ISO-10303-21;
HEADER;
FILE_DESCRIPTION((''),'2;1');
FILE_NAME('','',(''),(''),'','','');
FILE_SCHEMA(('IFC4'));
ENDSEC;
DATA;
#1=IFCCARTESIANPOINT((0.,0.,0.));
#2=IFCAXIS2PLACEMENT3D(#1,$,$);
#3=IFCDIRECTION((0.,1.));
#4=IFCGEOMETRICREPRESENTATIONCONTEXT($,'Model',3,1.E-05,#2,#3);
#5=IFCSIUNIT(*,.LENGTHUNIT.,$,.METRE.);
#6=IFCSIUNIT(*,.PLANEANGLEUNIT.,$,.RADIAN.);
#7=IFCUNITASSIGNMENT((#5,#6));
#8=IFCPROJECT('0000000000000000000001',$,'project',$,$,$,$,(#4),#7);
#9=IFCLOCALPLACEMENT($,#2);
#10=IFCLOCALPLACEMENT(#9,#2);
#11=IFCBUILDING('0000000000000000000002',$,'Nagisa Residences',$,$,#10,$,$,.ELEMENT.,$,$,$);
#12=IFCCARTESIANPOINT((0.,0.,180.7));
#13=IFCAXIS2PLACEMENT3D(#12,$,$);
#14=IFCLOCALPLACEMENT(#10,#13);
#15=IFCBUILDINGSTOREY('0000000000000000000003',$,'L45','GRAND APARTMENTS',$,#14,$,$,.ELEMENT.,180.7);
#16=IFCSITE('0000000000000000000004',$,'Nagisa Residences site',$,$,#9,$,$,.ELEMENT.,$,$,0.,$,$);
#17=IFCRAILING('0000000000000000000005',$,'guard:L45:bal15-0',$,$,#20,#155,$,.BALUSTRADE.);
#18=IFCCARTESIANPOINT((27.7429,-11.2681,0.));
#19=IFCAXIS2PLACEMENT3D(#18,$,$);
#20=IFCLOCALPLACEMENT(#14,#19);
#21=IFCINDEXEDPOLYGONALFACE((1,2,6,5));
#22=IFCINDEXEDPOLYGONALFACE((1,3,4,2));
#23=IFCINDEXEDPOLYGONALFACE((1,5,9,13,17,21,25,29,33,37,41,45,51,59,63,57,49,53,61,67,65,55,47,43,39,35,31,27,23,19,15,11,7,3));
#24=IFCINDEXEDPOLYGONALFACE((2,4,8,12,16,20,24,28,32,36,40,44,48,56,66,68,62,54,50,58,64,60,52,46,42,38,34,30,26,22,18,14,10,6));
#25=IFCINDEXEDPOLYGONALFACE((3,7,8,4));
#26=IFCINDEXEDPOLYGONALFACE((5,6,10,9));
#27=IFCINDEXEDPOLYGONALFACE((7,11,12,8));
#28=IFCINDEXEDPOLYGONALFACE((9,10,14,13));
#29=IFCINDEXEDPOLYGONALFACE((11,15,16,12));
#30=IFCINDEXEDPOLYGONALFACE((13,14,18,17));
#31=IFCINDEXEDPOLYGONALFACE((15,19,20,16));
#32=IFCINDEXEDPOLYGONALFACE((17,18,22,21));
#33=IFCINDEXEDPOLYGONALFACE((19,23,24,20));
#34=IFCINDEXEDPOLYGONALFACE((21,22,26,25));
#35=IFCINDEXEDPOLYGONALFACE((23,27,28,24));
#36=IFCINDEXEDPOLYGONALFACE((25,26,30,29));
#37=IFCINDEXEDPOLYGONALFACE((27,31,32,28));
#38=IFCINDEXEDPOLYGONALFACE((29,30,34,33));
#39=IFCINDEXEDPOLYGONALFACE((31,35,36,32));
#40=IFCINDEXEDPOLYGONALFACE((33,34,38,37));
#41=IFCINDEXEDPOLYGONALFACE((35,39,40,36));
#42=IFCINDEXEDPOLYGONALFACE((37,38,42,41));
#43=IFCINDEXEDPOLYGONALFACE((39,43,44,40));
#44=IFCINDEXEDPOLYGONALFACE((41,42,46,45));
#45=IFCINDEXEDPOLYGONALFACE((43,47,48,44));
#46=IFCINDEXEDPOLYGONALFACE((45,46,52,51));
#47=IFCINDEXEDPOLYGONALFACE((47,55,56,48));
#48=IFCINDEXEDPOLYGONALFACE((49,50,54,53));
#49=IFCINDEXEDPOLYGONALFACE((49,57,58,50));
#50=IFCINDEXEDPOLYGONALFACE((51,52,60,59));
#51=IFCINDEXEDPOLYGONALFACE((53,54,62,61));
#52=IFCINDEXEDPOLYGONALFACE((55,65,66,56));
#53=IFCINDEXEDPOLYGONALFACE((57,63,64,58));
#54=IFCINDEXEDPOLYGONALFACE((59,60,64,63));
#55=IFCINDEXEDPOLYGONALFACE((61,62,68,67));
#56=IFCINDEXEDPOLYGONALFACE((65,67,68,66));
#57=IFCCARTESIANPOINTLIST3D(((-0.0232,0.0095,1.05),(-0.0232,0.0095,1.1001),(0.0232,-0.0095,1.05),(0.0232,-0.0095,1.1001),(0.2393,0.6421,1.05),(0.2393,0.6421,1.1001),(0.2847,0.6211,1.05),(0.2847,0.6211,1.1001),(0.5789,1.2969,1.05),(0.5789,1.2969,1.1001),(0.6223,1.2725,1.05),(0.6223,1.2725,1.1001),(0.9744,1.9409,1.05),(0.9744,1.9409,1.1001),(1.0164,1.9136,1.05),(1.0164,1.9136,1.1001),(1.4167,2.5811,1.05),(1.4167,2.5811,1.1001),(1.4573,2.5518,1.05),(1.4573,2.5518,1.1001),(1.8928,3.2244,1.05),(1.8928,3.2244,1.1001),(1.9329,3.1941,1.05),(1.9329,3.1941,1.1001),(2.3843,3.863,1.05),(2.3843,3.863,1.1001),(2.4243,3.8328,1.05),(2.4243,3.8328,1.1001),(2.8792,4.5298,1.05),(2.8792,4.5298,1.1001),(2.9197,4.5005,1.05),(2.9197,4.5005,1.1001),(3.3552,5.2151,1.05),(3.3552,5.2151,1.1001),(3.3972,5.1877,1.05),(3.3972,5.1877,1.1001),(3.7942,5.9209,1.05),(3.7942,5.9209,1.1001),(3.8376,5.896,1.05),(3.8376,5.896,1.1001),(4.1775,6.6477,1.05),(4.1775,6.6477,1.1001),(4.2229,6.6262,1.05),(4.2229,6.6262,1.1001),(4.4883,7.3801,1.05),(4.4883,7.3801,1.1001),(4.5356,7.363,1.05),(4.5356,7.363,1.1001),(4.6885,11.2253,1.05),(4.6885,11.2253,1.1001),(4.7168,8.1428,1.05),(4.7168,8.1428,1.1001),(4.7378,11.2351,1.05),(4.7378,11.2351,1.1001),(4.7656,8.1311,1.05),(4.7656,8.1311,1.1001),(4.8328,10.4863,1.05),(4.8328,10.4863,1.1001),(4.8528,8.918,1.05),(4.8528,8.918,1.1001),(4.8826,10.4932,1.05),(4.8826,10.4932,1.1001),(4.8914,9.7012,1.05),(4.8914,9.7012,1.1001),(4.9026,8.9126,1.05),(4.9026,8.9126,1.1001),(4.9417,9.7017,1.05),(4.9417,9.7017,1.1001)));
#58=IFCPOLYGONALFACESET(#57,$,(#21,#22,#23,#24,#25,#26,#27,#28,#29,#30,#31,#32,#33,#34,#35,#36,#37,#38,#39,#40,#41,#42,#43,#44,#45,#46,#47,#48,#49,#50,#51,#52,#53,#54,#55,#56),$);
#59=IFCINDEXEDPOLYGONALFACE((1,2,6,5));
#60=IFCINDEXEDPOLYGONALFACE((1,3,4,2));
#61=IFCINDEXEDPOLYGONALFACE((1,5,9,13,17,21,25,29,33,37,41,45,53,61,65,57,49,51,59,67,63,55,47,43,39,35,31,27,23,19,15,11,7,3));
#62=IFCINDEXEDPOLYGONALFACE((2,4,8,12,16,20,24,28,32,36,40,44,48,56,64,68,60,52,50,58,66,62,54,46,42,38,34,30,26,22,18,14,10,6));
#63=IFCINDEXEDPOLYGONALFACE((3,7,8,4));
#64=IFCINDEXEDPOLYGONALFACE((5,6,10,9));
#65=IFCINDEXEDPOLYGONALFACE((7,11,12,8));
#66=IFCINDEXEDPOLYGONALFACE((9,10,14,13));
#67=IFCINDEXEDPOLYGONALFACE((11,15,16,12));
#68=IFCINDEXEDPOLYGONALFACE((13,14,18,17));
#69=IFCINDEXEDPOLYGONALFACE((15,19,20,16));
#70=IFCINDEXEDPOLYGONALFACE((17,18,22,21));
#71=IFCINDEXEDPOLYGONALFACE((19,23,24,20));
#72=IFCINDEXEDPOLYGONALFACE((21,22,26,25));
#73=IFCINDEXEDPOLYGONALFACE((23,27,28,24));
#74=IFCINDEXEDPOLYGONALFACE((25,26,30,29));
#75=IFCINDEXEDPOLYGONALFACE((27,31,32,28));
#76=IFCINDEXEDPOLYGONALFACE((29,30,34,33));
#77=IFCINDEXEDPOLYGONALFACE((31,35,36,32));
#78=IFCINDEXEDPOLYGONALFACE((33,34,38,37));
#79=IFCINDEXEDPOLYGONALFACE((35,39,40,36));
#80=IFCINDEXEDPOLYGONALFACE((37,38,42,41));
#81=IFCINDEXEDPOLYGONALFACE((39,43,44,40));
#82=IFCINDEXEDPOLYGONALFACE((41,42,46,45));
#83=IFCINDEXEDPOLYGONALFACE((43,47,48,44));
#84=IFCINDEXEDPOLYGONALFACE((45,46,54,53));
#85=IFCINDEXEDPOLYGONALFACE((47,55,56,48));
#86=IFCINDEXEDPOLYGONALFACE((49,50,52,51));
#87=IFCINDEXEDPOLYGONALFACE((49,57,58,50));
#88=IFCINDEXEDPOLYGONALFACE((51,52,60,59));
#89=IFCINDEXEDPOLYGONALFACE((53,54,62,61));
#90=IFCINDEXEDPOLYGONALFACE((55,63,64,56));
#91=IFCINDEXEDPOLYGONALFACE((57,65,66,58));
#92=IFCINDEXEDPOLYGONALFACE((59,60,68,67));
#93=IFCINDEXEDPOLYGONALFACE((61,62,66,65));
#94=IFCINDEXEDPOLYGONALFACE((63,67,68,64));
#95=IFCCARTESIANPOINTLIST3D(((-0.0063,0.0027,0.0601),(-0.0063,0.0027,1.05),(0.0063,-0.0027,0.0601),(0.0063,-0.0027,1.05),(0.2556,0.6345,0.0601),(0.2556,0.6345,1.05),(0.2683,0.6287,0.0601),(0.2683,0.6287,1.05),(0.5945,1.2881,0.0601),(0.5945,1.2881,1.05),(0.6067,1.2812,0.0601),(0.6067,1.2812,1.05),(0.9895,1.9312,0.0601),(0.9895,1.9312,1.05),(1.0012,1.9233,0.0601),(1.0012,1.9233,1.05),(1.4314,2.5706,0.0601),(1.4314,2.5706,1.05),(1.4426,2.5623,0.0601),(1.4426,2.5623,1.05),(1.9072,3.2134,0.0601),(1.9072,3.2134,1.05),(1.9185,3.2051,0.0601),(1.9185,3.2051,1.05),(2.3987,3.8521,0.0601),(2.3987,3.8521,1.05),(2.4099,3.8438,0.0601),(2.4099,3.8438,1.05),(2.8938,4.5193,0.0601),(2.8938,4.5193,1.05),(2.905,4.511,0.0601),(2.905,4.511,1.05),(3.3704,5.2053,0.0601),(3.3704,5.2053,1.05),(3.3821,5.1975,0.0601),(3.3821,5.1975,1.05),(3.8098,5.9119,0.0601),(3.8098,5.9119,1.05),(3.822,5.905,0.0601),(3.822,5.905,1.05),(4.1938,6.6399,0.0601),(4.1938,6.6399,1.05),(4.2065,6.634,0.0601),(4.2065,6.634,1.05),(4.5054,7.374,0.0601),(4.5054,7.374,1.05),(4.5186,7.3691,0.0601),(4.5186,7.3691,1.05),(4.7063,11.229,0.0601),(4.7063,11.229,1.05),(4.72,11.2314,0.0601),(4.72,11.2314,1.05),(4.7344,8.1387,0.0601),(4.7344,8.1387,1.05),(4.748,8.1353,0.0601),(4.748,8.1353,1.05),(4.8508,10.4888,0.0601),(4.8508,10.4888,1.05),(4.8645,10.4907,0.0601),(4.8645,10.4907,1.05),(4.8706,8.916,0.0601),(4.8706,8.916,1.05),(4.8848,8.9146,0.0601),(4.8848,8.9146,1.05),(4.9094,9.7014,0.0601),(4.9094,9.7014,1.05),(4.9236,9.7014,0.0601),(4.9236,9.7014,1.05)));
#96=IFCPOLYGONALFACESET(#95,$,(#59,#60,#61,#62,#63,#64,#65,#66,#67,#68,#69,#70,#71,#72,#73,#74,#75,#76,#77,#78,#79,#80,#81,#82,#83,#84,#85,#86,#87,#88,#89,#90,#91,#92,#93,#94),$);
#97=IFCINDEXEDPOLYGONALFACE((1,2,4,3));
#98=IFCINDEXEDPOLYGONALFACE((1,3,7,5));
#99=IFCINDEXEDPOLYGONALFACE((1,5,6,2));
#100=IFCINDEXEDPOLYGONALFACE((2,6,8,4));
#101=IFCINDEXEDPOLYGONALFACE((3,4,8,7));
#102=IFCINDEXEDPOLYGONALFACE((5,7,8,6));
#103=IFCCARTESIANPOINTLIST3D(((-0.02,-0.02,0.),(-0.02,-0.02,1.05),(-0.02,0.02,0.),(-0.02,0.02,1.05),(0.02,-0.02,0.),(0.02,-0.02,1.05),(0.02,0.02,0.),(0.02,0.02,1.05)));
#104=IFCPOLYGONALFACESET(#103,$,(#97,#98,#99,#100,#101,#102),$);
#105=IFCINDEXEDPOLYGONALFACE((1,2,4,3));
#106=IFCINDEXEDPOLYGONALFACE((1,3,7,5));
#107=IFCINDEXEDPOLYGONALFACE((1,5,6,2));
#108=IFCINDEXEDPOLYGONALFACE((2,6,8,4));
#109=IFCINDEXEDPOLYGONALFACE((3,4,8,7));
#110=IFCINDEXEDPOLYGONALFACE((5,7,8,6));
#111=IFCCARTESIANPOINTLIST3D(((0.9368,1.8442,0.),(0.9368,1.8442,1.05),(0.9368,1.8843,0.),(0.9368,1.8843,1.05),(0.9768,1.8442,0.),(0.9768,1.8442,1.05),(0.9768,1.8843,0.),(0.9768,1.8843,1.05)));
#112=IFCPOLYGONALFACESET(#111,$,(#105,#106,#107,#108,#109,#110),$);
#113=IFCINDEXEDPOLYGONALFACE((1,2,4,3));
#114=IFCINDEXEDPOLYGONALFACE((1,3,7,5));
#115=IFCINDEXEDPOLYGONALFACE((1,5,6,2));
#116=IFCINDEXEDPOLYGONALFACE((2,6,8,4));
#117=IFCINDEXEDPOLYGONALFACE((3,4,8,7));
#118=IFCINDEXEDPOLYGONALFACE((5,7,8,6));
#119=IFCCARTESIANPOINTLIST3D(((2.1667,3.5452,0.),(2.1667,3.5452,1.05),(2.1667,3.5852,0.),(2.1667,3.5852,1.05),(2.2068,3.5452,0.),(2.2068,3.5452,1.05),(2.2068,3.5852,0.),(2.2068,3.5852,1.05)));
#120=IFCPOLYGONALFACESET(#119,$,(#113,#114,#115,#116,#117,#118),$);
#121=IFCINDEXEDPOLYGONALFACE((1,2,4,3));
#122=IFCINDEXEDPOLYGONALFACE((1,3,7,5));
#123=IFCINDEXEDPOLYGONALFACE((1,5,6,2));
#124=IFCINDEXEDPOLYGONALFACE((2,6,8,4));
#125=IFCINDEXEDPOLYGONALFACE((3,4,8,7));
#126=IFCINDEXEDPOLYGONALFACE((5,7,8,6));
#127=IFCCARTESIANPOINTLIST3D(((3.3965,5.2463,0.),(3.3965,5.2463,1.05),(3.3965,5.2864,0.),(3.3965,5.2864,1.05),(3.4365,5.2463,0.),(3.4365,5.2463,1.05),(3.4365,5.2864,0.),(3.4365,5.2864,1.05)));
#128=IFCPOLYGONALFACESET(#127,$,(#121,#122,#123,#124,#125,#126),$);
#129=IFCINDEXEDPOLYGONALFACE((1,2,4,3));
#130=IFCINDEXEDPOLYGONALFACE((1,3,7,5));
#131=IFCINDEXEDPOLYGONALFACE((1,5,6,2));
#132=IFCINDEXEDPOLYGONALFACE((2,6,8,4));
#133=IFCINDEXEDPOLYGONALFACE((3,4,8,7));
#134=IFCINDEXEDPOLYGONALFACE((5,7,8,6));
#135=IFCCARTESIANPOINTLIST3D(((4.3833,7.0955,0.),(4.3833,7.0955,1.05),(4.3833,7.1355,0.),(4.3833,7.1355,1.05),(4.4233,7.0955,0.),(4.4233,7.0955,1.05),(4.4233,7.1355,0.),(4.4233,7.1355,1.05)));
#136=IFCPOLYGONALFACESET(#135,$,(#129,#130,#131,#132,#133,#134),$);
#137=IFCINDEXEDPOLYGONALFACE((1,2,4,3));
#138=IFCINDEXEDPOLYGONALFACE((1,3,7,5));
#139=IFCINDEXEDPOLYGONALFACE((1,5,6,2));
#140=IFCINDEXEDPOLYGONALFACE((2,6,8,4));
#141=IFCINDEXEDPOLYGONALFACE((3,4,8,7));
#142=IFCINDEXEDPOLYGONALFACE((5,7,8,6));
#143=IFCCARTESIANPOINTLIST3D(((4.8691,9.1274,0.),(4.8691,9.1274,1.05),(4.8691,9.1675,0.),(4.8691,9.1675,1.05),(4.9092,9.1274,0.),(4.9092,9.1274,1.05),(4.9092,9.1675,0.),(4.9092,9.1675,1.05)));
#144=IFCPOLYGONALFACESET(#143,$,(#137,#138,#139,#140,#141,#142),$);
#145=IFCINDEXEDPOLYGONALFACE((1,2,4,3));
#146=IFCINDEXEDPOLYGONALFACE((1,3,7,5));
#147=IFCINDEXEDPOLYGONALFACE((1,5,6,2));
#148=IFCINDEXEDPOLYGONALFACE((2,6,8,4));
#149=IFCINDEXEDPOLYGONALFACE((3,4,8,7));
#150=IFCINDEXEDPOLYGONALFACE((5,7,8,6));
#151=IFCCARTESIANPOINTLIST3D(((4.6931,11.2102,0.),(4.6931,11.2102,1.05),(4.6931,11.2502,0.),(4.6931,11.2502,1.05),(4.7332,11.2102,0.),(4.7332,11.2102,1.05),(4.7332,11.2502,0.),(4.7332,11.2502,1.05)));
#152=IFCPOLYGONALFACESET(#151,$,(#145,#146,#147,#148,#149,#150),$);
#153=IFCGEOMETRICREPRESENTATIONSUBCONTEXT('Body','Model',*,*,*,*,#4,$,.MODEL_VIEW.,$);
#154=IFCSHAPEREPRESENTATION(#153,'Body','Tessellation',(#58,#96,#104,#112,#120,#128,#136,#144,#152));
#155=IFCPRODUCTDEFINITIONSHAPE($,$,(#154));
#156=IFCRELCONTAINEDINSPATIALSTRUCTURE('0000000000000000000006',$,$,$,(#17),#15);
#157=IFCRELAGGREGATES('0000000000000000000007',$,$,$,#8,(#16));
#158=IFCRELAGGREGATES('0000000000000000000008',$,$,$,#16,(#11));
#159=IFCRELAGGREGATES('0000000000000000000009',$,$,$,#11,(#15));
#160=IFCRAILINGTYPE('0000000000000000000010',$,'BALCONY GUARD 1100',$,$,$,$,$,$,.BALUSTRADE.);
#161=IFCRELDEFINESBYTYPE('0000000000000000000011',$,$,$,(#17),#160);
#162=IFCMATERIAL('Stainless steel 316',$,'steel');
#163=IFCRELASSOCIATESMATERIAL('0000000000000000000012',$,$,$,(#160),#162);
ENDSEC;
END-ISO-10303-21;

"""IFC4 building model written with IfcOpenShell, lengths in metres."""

from ifc_helpers import new_model, si_unit, direction, frame, origin, origin_2d, place, context, subcontext, project, spatial, polyline, rectangle, outline, extrude, material, type_object, element, save


model = new_model("IFC4")

# Units and contexts
model_context = context("Model", 3, precision=1e-05, world=origin(), true_north=direction((0.0, 1.0)))
body_context = subcontext(model_context, "Body", "Model", "MODEL_VIEW")
ifc_project = project(units=[si_unit("LENGTHUNIT", "METRE"), si_unit("PLANEANGLEUNIT", "RADIAN")], contexts=[model_context])

# Site, building, storey
site_placement = place(None, origin())
site = spatial("IfcSite", under=ifc_project, at=site_placement, Name="Nagisa Residences site", CompositionType="ELEMENT", RefElevation=0.0)
building_placement = place(site_placement, origin())
building = spatial("IfcBuilding", under=site, at=building_placement, Name="Nagisa Residences", CompositionType="ELEMENT")
storey_placement = place(building_placement, frame((0.0, 0.0, 180.7)))
storey = spatial("IfcBuildingStorey", under=building, at=storey_placement, Name="L45", Description="GRAND APARTMENTS", CompositionType="ELEMENT", Elevation=180.7)

# Railing
ifc_material_1 = material(Name="Stainless steel 316", Category="steel")
railing_type = type_object("IfcRailingType", Name="BALCONY GUARD 1100", PredefinedType="BALUSTRADE", material=ifc_material_1)
railing_placement = place(storey_placement, frame((27.7429, -11.2681, 0.0)))
element("IfcRailing", 1, at=railing_placement, inside=storey, type_object=railing_type, Name="guard:L45:bal15-0", PredefinedType="BALUSTRADE", context=body_context, shape_type="SweptSolid", body=[
    extrude(outline(polyline([(0.2393, 0.6421), (-0.0232, 0.0095), (0.0232, -0.0095), (0.2847, 0.6211), (0.6223, 1.2725), (1.0164, 1.9136), (1.4573, 2.5518), (1.9329, 3.1941), (2.4243, 3.8328), (2.9197, 4.5005), (3.3972, 5.1877), (3.8376, 5.896), (4.2229, 6.6262), (4.5356, 7.363), (4.7656, 8.1311), (4.9026, 8.9126), (4.9417, 9.7017), (4.8826, 10.4932), (4.7378, 11.2351), (4.6885, 11.2253), (4.8328, 10.4863), (4.8914, 9.7012), (4.8528, 8.918), (4.7168, 8.1428), (4.4883, 7.3801), (4.1775, 6.6477), (3.7942, 5.9209), (3.3552, 5.2151), (2.8792, 4.5298), (2.3843, 3.863), (1.8928, 3.2244), (1.4167, 2.5811), (0.9744, 1.9409), (0.5789, 1.2969), (0.2393, 0.6421)])), frame((0.0, 0.0, 1.05)), (0.0, 0.0, 1.0), 0.05),
    extrude(outline(polyline([(0.2556, 0.6345), (-0.0063, 0.0027), (0.0063, -0.0027), (0.2683, 0.6287), (0.6067, 1.2812), (1.0012, 1.9233), (1.4426, 2.5623), (1.9185, 3.2051), (2.4099, 3.8438), (2.905, 4.511), (3.3821, 5.1975), (3.822, 5.905), (4.2065, 6.634), (4.5186, 7.3691), (4.748, 8.1353), (4.8848, 8.9146), (4.9236, 9.7014), (4.8645, 10.4907), (4.72, 11.2314), (4.7063, 11.229), (4.8508, 10.4888), (4.9094, 9.7014), (4.8706, 8.916), (4.7344, 8.1387), (4.5054, 7.374), (4.1938, 6.6399), (3.8098, 5.9119), (3.3704, 5.2053), (2.8938, 4.5193), (2.3987, 3.8521), (1.9072, 3.2134), (1.4314, 2.5706), (0.9895, 1.9312), (0.5945, 1.2881), (0.2556, 0.6345)])), frame((0.0, 0.0, 0.0601)), (0.0, 0.0, 1.0), 0.99),
    extrude(rectangle(XDim=0.04, YDim=0.04, at=origin_2d()), origin(), (0.0, 0.0, 1.0), 1.05),
    extrude(rectangle(XDim=0.04, YDim=0.04, at=origin_2d()), frame((0.9568, 1.8643, 0.0)), (0.0, 0.0, 1.0), 1.05),
    extrude(rectangle(XDim=0.04, YDim=0.04, at=origin_2d()), frame((2.1868, 3.5652, 0.0)), (0.0, 0.0, 1.0), 1.05),
    extrude(rectangle(XDim=0.04, YDim=0.04, at=origin_2d()), frame((3.4165, 5.2664, 0.0)), (0.0, 0.0, 1.0), 1.05),
    extrude(rectangle(XDim=0.04, YDim=0.04, at=origin_2d()), frame((4.4033, 7.1155, 0.0)), (0.0, 0.0, 1.0), 1.05),
    extrude(rectangle(XDim=0.04, YDim=0.04, at=origin_2d()), frame((4.8892, 9.1475, 0.0)), (0.0, 0.0, 1.0), 1.05),
    extrude(rectangle(XDim=0.04, YDim=0.04, at=origin_2d()), frame((4.7131, 11.2302, 0.0)), (0.0, 0.0, 1.0), 1.05),
])

save(model, "model.ifc")
